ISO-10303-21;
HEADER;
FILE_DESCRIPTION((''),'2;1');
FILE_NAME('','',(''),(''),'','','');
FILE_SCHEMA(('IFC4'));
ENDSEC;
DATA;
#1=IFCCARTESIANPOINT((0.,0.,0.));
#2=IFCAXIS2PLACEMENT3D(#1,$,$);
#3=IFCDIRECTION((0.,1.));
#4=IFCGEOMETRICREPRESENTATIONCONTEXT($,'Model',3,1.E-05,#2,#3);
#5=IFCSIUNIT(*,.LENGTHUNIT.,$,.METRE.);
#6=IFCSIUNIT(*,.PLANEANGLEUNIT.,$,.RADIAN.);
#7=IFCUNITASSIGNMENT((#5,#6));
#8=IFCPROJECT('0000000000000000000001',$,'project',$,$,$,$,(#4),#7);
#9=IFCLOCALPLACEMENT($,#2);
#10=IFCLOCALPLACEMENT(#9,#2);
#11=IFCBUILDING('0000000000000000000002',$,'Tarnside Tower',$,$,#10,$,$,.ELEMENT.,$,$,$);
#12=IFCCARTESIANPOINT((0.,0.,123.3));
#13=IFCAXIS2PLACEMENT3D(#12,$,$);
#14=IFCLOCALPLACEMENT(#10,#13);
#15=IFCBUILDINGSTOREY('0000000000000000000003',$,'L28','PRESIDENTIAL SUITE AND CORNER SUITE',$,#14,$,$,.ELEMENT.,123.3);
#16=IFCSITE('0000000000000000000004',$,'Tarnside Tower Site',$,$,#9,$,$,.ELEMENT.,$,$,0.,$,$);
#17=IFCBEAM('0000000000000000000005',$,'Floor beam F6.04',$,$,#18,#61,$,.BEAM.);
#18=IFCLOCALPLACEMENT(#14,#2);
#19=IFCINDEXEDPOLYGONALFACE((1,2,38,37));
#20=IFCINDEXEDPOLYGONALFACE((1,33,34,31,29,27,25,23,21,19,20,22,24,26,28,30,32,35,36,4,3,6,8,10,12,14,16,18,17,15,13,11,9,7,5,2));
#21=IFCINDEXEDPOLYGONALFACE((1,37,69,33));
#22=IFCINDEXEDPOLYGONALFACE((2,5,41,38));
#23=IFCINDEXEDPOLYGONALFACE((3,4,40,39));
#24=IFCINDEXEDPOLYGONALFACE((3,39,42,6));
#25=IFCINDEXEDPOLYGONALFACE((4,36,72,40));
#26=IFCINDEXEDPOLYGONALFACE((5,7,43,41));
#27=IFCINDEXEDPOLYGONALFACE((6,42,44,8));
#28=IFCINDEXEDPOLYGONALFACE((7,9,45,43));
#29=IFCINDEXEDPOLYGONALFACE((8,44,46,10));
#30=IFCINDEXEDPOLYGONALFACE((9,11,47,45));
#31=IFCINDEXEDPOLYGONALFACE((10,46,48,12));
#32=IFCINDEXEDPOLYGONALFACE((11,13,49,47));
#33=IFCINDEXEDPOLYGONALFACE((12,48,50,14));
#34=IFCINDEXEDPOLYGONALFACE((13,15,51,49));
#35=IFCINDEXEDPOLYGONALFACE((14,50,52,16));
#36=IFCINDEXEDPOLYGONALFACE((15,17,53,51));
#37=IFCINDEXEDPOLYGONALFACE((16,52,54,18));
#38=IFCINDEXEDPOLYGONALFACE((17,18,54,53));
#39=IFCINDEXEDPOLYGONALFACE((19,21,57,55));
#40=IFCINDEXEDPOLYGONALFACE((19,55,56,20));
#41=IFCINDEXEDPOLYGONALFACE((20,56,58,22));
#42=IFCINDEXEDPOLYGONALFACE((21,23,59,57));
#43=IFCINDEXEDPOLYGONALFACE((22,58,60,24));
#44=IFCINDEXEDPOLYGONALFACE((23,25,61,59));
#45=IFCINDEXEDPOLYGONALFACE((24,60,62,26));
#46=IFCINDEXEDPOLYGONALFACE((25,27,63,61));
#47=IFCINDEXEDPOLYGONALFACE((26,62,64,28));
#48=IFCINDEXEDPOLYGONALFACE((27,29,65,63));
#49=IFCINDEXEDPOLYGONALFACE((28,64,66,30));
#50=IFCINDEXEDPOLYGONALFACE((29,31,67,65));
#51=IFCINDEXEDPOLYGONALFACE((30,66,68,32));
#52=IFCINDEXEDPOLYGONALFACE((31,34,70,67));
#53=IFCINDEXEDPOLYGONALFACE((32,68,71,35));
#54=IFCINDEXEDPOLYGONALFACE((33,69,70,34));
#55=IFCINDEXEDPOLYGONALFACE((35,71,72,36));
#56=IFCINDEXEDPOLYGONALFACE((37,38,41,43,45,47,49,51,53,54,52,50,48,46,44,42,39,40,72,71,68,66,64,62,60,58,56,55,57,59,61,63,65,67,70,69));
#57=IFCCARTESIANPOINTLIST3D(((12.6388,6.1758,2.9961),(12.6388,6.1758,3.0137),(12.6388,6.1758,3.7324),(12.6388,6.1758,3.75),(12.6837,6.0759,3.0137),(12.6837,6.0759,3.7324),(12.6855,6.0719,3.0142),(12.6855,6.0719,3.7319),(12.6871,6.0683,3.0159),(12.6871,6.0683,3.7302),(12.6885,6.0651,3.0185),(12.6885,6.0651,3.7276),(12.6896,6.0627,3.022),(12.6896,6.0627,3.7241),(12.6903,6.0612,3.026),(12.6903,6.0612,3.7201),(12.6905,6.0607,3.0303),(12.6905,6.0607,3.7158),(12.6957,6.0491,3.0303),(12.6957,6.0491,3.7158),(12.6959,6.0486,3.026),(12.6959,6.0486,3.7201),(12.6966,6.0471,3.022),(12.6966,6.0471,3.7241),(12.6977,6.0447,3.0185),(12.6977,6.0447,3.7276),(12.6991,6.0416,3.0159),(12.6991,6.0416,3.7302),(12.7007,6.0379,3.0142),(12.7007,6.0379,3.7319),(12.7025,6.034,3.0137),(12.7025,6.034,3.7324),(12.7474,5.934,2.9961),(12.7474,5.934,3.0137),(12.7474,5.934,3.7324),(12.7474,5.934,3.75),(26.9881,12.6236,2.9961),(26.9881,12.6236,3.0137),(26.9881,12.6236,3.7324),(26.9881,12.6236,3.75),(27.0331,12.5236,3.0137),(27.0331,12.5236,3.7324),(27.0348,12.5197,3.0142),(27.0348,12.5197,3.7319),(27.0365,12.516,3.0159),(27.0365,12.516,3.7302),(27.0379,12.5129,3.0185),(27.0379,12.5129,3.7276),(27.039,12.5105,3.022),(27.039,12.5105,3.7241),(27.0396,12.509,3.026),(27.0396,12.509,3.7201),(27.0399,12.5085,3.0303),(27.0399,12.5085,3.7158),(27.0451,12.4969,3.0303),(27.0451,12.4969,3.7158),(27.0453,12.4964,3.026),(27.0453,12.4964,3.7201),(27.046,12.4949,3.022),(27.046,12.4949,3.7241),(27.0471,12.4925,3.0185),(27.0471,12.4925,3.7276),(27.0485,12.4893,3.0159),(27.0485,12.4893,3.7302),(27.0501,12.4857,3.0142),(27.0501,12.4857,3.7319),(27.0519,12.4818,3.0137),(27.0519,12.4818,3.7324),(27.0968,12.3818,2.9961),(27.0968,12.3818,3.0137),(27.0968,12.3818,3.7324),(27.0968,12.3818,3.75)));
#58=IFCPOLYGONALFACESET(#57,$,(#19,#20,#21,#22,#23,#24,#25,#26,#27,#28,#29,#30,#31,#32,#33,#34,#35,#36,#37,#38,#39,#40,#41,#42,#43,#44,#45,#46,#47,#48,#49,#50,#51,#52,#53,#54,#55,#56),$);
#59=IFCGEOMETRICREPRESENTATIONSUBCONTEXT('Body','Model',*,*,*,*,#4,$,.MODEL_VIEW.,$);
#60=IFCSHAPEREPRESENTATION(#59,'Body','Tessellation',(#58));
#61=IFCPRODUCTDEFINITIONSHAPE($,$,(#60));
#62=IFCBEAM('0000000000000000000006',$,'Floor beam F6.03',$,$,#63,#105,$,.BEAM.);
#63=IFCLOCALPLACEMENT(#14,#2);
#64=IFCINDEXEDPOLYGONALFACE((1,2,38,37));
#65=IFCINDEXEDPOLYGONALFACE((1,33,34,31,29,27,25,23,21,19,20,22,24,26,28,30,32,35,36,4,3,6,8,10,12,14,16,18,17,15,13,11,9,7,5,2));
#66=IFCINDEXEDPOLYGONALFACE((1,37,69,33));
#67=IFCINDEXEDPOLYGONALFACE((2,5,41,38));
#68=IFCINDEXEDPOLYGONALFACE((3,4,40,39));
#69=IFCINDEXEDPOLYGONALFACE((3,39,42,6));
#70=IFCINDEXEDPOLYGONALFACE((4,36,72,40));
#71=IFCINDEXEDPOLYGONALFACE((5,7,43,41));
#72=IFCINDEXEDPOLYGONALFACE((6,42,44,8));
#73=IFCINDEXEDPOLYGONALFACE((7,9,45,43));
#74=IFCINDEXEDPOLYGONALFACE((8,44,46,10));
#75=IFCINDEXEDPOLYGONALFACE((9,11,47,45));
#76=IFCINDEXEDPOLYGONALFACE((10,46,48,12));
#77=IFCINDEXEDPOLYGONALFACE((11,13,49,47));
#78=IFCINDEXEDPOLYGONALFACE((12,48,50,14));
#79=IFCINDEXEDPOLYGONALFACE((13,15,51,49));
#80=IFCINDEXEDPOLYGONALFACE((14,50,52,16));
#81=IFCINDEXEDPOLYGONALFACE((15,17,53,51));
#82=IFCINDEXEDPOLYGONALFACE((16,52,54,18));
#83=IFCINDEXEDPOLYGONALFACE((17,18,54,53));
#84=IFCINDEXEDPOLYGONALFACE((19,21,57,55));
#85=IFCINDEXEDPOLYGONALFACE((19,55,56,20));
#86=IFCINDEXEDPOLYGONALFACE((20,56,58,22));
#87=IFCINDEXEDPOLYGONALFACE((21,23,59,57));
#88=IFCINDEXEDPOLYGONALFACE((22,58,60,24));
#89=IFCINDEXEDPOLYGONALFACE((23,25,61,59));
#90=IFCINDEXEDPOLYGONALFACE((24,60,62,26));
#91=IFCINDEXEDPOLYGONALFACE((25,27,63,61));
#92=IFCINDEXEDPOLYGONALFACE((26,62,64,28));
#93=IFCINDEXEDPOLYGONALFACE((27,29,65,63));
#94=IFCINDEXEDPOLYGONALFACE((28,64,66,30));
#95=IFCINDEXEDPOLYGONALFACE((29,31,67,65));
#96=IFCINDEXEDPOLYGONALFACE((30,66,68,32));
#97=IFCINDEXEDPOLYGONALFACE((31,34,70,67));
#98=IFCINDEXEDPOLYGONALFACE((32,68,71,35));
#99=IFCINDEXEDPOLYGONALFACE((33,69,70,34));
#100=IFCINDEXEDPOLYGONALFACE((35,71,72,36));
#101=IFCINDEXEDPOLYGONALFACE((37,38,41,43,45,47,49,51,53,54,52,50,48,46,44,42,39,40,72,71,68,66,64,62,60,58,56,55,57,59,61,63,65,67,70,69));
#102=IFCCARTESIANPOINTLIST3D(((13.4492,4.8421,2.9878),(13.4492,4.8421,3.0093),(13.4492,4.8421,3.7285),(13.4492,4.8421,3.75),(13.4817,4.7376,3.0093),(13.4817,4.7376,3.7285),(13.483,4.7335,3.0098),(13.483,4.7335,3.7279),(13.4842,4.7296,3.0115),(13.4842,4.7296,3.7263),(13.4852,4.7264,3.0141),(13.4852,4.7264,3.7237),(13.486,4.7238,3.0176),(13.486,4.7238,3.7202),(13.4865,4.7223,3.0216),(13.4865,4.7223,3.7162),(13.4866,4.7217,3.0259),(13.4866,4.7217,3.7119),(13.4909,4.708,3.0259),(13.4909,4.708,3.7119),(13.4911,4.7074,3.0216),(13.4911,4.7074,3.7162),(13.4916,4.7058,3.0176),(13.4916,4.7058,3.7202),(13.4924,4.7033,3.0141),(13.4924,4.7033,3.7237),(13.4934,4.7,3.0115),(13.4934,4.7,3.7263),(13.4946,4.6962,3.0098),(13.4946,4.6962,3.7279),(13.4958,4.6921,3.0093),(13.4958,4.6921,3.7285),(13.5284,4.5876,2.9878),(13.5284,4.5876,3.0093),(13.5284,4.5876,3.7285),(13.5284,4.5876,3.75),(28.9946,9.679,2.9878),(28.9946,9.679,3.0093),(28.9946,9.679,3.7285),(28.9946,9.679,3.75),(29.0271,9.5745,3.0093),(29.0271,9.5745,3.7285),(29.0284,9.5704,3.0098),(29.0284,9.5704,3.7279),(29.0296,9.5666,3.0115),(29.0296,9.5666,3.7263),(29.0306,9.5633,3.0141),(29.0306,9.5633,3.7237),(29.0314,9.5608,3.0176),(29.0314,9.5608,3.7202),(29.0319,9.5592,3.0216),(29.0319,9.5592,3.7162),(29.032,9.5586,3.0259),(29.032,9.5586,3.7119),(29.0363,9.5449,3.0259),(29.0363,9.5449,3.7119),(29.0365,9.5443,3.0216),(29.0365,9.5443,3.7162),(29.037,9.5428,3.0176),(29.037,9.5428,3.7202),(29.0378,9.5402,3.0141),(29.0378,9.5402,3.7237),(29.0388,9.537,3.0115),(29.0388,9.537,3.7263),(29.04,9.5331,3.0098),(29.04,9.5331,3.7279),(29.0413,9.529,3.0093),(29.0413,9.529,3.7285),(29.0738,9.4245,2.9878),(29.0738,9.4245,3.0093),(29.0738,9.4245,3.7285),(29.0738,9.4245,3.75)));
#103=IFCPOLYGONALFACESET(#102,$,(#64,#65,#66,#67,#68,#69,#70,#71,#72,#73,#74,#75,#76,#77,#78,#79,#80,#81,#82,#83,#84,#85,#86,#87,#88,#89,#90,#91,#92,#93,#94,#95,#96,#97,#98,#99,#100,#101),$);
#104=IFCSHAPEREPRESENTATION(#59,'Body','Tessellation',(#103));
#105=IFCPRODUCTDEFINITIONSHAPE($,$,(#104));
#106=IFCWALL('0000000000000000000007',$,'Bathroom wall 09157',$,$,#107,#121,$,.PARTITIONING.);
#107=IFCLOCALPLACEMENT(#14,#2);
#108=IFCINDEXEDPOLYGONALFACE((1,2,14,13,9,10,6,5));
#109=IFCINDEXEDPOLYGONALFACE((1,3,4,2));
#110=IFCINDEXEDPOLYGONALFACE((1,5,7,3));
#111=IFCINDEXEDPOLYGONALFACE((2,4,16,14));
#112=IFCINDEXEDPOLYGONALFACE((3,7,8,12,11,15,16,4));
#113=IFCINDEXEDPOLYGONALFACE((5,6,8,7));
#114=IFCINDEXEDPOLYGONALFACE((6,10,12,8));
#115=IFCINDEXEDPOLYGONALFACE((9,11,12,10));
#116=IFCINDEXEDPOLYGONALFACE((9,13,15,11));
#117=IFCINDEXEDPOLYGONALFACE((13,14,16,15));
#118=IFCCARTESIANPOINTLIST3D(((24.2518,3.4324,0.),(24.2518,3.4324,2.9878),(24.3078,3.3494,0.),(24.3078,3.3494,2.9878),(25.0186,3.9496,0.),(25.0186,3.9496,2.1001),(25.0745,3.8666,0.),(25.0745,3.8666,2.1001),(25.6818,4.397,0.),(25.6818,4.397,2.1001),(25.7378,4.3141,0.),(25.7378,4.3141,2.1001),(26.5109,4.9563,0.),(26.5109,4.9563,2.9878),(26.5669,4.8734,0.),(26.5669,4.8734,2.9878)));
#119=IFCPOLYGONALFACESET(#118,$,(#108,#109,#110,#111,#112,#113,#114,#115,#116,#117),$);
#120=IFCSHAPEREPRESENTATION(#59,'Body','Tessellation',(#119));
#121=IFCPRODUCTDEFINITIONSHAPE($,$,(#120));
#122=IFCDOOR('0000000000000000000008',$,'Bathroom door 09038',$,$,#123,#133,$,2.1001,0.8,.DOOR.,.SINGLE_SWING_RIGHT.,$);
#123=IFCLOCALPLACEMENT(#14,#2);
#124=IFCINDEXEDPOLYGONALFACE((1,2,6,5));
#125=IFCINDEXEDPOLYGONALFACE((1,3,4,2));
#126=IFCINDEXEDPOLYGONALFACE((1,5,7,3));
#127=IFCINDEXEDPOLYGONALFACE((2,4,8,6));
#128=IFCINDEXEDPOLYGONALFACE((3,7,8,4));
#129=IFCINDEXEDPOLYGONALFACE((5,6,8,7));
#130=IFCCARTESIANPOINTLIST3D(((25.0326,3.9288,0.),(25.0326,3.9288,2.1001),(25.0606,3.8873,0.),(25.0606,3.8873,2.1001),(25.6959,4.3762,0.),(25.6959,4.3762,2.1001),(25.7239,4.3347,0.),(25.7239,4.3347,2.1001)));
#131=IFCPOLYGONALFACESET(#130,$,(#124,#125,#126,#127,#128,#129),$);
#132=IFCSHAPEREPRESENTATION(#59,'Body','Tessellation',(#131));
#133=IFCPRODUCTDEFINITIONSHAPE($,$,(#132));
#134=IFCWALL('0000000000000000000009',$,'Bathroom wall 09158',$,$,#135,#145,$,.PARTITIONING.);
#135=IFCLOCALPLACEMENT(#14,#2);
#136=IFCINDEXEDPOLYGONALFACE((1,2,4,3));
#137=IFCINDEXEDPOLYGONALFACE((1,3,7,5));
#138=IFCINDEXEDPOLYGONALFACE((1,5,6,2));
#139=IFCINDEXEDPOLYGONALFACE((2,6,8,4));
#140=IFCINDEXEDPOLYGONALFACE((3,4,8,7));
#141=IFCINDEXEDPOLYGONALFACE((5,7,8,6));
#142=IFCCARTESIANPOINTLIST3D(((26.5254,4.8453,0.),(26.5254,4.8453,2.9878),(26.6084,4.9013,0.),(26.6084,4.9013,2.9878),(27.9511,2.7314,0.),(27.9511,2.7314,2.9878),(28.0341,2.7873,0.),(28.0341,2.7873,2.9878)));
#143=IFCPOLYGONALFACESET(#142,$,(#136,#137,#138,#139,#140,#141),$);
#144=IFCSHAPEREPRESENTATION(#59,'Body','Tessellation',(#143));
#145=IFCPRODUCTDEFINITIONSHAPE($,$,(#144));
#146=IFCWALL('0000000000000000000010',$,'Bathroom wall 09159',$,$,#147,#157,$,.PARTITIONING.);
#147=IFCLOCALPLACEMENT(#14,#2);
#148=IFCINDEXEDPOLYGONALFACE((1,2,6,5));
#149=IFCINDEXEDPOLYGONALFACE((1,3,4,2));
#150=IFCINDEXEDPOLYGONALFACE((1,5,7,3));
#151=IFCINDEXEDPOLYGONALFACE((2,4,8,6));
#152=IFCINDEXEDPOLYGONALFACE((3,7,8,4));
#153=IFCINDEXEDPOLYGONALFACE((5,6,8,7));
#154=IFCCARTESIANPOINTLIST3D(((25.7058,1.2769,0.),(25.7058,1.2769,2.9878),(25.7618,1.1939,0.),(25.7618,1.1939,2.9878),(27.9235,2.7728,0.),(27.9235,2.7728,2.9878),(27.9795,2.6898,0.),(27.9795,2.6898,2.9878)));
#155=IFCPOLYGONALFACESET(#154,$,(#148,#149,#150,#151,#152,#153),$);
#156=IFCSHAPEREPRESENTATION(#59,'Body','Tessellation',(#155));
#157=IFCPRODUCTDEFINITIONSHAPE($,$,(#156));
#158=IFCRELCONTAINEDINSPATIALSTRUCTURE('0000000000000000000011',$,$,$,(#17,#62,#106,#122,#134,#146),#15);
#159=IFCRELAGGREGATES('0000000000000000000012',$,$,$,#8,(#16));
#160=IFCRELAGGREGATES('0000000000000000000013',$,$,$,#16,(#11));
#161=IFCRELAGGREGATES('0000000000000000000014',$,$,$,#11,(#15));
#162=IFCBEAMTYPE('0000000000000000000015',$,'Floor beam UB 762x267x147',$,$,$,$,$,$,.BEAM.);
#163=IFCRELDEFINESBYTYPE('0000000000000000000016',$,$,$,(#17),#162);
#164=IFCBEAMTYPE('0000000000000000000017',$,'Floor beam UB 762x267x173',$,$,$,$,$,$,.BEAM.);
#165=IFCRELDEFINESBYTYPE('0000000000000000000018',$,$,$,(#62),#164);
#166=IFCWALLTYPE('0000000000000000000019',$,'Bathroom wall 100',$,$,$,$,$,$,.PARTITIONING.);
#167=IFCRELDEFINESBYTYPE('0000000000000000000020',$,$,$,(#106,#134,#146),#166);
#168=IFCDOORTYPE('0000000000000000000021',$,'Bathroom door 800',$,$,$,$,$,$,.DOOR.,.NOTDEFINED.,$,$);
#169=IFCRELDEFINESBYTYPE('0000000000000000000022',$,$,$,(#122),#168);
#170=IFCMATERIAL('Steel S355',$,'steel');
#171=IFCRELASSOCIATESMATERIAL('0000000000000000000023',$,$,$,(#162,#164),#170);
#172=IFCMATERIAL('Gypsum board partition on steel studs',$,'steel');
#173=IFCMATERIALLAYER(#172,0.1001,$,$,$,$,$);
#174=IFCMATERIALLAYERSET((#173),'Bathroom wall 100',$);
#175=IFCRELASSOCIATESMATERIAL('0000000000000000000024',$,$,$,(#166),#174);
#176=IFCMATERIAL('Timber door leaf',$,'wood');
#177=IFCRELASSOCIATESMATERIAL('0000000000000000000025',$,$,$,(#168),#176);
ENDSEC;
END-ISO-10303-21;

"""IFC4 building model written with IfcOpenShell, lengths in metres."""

from ifc_helpers import new_model, si_unit, direction, frame, frame_2d, origin, origin_2d, place, context, subcontext, project, spatial, rectangle, i_section, extrude, material, layer, layer_set, material_profile, profile_set, type_object, element, fill, save


model = new_model("IFC4")

# Units and contexts
model_context = context("Model", 3, precision=1e-05, world=origin(), true_north=direction((0.0, 1.0)))
body_context = subcontext(model_context, "Body", "Model", "MODEL_VIEW")
ifc_project = project(units=[si_unit("LENGTHUNIT", "METRE"), si_unit("PLANEANGLEUNIT", "RADIAN")], contexts=[model_context])

# Site, building, storey
site_placement = place(None, origin())
site = spatial("IfcSite", under=ifc_project, at=site_placement, Name="Tarnside Tower Site", CompositionType="ELEMENT", RefElevation=0.0)
building_placement = place(site_placement, origin())
building = spatial("IfcBuilding", under=site, at=building_placement, Name="Tarnside Tower", CompositionType="ELEMENT")
storey_placement = place(building_placement, frame((0.0, 0.0, 123.3)))
storey = spatial("IfcBuildingStorey", under=building, at=storey_placement, Name="L28", Description="PRESIDENTIAL SUITE AND CORNER SUITE", CompositionType="ELEMENT", Elevation=123.3)

# Beams
ifc_material_1 = material(Name="Steel S355", Category="steel")
ifc_material_profile_1 = material_profile(ifc_material_1, i_section(OverallWidth=0.2651, OverallDepth=0.7539, WebThickness=0.0127, FlangeThickness=0.0176, FilletRadius=0.0166, at=origin_2d()), Name="UB 762x267x147")
ifc_profile_set_1 = profile_set([ifc_material_profile_1], Name="Steel S355")
beam_type_1 = type_object("IfcBeamType", Name="Floor beam UB 762x267x147", PredefinedType="BEAM", material=ifc_profile_set_1)
beam_1_placement = place(storey_placement, frame((27.0425, 12.5027, 3.373), z_axis=(-0.912146, -0.409865, 0.0), x_axis=(0.409865, -0.912146, 0.0)))
element("IfcBeam", 1, at=beam_1_placement, inside=storey, type_object=beam_type_1, Name="Floor beam F6.04", PredefinedType="BEAM", context=body_context, shape_type="SweptSolid", body=[
    extrude(i_section(OverallWidth=0.2651, OverallDepth=0.7539, WebThickness=0.0127, FlangeThickness=0.0176, FilletRadius=0.0166, at=origin_2d()), origin(), (0.0, 0.0, 1.0), 15.7314),
])
ifc_material_profile_2 = material_profile(ifc_material_1, i_section(OverallWidth=0.2666, OverallDepth=0.7622, WebThickness=0.0144, FlangeThickness=0.0215, FilletRadius=0.0166, at=origin_2d()), Name="UB 762x267x173")
ifc_profile_set_2 = profile_set([ifc_material_profile_2], Name="Steel S355")
beam_type_2 = type_object("IfcBeamType", Name="Floor beam UB 762x267x173", PredefinedType="BEAM", material=ifc_profile_set_2)
beam_2_placement = place(storey_placement, frame((29.0342, 9.5518, 3.3689), z_axis=(-0.954847, -0.297098, 0.0), x_axis=(0.297098, -0.954847, 0.0)))
element("IfcBeam", 2, at=beam_2_placement, inside=storey, type_object=beam_type_2, Name="Floor beam F6.03", PredefinedType="BEAM", context=body_context, shape_type="SweptSolid", body=[
    extrude(i_section(OverallWidth=0.2666, OverallDepth=0.7622, WebThickness=0.0144, FlangeThickness=0.0215, FilletRadius=0.0166, at=origin_2d()), origin(), (0.0, 0.0, 1.0), 16.2805),
])

# Wall, opening, door
ifc_material_2 = material(Name="Gypsum board partition on steel studs", Category="steel")
ifc_layer_1 = layer(ifc_material_2, 0.1001)
ifc_layer_set_1 = layer_set([ifc_layer_1], Name="Bathroom wall 100")
wall_type_1 = type_object("IfcWallType", Name="Bathroom wall 100", PredefinedType="PARTITIONING", material=ifc_layer_set_1)
wall_1_placement = place(storey_placement, frame((24.2798, 3.3909, 0.0), z_axis=(0.0, 0.0, 1.0), x_axis=(0.829005, 0.55924, 0.0)))
wall_1 = element("IfcWall", 3, at=wall_1_placement, inside=storey, type_object=wall_type_1, Name="Bathroom wall 09157", PredefinedType="PARTITIONING", context=body_context, shape_type="SweptSolid", body=[
    extrude(rectangle(XDim=2.7251, YDim=0.1001, at=frame_2d((1.3625, 0.0))), origin(), (0.0, 0.0, 1.0), 2.9878),
])
opening_1_placement = place(wall_1_placement, frame((0.925, 0.0, 0.0)))
opening_1 = element("IfcOpeningElement", 4, at=opening_1_placement, cuts=wall_1, PredefinedType="OPENING", context=body_context, shape_type="SweptSolid", body=[
    extrude(rectangle(XDim=0.8, YDim=2.1001, at=frame_2d((0.3999, 1.05))), frame((0.0, 0.0601, 0.0), z_axis=(0.0, -1.0, 0.0), x_axis=(1.0, 0.0, 0.0)), (0.0, 0.0, 1.0), 0.1201),
])
ifc_material_3 = material(Name="Timber door leaf", Category="wood")
door_type_1 = type_object("IfcDoorType", Name="Bathroom door 800", OperationType="NOTDEFINED", PredefinedType="DOOR", material=ifc_material_3)
door_1_placement = place(opening_1_placement, origin())
door_1 = element("IfcDoor", 5, at=door_1_placement, inside=storey, type_object=door_type_1, Name="Bathroom door 09038", OperationType="SINGLE_SWING_RIGHT", OverallHeight=2.1001, OverallWidth=0.8, PredefinedType="DOOR", context=body_context, shape_type="SweptSolid", body=[
    extrude(rectangle(XDim=0.8, YDim=2.1001, at=frame_2d((0.3999, 1.05))), frame((0.0, 0.0249, 0.0), z_axis=(0.0, -1.0, 0.0), x_axis=(1.0, 0.0, 0.0)), (0.0, 0.0, 1.0), 0.05),
])
fill(opening_1, door_1)

# Walls
wall_2_placement = place(storey_placement, frame((26.5669, 4.8733, 0.0), z_axis=(0.0, 0.0, 1.0), x_axis=(0.559155, -0.829063, 0.0)))
element("IfcWall", 6, at=wall_2_placement, inside=storey, type_object=wall_type_1, Name="Bathroom wall 09158", PredefinedType="PARTITIONING", context=body_context, shape_type="SweptSolid", body=[
    extrude(rectangle(XDim=2.5498, YDim=0.1001, at=frame_2d((1.2749, 0.0))), origin(), (0.0, 0.0, 1.0), 2.9878),
])
wall_3_placement = place(storey_placement, frame((27.9514, 2.7312, 0.0), z_axis=(0.0, 0.0, 1.0), x_axis=(-0.829048, -0.559178, 0.0)))
element("IfcWall", 7, at=wall_3_placement, inside=storey, type_object=wall_type_1, Name="Bathroom wall 09159", PredefinedType="PARTITIONING", context=body_context, shape_type="SweptSolid", body=[
    extrude(rectangle(XDim=2.675, YDim=0.1001, at=frame_2d((1.3374, 0.0))), origin(), (0.0, 0.0, 1.0), 2.9878),
])

save(model, "model.ifc")
